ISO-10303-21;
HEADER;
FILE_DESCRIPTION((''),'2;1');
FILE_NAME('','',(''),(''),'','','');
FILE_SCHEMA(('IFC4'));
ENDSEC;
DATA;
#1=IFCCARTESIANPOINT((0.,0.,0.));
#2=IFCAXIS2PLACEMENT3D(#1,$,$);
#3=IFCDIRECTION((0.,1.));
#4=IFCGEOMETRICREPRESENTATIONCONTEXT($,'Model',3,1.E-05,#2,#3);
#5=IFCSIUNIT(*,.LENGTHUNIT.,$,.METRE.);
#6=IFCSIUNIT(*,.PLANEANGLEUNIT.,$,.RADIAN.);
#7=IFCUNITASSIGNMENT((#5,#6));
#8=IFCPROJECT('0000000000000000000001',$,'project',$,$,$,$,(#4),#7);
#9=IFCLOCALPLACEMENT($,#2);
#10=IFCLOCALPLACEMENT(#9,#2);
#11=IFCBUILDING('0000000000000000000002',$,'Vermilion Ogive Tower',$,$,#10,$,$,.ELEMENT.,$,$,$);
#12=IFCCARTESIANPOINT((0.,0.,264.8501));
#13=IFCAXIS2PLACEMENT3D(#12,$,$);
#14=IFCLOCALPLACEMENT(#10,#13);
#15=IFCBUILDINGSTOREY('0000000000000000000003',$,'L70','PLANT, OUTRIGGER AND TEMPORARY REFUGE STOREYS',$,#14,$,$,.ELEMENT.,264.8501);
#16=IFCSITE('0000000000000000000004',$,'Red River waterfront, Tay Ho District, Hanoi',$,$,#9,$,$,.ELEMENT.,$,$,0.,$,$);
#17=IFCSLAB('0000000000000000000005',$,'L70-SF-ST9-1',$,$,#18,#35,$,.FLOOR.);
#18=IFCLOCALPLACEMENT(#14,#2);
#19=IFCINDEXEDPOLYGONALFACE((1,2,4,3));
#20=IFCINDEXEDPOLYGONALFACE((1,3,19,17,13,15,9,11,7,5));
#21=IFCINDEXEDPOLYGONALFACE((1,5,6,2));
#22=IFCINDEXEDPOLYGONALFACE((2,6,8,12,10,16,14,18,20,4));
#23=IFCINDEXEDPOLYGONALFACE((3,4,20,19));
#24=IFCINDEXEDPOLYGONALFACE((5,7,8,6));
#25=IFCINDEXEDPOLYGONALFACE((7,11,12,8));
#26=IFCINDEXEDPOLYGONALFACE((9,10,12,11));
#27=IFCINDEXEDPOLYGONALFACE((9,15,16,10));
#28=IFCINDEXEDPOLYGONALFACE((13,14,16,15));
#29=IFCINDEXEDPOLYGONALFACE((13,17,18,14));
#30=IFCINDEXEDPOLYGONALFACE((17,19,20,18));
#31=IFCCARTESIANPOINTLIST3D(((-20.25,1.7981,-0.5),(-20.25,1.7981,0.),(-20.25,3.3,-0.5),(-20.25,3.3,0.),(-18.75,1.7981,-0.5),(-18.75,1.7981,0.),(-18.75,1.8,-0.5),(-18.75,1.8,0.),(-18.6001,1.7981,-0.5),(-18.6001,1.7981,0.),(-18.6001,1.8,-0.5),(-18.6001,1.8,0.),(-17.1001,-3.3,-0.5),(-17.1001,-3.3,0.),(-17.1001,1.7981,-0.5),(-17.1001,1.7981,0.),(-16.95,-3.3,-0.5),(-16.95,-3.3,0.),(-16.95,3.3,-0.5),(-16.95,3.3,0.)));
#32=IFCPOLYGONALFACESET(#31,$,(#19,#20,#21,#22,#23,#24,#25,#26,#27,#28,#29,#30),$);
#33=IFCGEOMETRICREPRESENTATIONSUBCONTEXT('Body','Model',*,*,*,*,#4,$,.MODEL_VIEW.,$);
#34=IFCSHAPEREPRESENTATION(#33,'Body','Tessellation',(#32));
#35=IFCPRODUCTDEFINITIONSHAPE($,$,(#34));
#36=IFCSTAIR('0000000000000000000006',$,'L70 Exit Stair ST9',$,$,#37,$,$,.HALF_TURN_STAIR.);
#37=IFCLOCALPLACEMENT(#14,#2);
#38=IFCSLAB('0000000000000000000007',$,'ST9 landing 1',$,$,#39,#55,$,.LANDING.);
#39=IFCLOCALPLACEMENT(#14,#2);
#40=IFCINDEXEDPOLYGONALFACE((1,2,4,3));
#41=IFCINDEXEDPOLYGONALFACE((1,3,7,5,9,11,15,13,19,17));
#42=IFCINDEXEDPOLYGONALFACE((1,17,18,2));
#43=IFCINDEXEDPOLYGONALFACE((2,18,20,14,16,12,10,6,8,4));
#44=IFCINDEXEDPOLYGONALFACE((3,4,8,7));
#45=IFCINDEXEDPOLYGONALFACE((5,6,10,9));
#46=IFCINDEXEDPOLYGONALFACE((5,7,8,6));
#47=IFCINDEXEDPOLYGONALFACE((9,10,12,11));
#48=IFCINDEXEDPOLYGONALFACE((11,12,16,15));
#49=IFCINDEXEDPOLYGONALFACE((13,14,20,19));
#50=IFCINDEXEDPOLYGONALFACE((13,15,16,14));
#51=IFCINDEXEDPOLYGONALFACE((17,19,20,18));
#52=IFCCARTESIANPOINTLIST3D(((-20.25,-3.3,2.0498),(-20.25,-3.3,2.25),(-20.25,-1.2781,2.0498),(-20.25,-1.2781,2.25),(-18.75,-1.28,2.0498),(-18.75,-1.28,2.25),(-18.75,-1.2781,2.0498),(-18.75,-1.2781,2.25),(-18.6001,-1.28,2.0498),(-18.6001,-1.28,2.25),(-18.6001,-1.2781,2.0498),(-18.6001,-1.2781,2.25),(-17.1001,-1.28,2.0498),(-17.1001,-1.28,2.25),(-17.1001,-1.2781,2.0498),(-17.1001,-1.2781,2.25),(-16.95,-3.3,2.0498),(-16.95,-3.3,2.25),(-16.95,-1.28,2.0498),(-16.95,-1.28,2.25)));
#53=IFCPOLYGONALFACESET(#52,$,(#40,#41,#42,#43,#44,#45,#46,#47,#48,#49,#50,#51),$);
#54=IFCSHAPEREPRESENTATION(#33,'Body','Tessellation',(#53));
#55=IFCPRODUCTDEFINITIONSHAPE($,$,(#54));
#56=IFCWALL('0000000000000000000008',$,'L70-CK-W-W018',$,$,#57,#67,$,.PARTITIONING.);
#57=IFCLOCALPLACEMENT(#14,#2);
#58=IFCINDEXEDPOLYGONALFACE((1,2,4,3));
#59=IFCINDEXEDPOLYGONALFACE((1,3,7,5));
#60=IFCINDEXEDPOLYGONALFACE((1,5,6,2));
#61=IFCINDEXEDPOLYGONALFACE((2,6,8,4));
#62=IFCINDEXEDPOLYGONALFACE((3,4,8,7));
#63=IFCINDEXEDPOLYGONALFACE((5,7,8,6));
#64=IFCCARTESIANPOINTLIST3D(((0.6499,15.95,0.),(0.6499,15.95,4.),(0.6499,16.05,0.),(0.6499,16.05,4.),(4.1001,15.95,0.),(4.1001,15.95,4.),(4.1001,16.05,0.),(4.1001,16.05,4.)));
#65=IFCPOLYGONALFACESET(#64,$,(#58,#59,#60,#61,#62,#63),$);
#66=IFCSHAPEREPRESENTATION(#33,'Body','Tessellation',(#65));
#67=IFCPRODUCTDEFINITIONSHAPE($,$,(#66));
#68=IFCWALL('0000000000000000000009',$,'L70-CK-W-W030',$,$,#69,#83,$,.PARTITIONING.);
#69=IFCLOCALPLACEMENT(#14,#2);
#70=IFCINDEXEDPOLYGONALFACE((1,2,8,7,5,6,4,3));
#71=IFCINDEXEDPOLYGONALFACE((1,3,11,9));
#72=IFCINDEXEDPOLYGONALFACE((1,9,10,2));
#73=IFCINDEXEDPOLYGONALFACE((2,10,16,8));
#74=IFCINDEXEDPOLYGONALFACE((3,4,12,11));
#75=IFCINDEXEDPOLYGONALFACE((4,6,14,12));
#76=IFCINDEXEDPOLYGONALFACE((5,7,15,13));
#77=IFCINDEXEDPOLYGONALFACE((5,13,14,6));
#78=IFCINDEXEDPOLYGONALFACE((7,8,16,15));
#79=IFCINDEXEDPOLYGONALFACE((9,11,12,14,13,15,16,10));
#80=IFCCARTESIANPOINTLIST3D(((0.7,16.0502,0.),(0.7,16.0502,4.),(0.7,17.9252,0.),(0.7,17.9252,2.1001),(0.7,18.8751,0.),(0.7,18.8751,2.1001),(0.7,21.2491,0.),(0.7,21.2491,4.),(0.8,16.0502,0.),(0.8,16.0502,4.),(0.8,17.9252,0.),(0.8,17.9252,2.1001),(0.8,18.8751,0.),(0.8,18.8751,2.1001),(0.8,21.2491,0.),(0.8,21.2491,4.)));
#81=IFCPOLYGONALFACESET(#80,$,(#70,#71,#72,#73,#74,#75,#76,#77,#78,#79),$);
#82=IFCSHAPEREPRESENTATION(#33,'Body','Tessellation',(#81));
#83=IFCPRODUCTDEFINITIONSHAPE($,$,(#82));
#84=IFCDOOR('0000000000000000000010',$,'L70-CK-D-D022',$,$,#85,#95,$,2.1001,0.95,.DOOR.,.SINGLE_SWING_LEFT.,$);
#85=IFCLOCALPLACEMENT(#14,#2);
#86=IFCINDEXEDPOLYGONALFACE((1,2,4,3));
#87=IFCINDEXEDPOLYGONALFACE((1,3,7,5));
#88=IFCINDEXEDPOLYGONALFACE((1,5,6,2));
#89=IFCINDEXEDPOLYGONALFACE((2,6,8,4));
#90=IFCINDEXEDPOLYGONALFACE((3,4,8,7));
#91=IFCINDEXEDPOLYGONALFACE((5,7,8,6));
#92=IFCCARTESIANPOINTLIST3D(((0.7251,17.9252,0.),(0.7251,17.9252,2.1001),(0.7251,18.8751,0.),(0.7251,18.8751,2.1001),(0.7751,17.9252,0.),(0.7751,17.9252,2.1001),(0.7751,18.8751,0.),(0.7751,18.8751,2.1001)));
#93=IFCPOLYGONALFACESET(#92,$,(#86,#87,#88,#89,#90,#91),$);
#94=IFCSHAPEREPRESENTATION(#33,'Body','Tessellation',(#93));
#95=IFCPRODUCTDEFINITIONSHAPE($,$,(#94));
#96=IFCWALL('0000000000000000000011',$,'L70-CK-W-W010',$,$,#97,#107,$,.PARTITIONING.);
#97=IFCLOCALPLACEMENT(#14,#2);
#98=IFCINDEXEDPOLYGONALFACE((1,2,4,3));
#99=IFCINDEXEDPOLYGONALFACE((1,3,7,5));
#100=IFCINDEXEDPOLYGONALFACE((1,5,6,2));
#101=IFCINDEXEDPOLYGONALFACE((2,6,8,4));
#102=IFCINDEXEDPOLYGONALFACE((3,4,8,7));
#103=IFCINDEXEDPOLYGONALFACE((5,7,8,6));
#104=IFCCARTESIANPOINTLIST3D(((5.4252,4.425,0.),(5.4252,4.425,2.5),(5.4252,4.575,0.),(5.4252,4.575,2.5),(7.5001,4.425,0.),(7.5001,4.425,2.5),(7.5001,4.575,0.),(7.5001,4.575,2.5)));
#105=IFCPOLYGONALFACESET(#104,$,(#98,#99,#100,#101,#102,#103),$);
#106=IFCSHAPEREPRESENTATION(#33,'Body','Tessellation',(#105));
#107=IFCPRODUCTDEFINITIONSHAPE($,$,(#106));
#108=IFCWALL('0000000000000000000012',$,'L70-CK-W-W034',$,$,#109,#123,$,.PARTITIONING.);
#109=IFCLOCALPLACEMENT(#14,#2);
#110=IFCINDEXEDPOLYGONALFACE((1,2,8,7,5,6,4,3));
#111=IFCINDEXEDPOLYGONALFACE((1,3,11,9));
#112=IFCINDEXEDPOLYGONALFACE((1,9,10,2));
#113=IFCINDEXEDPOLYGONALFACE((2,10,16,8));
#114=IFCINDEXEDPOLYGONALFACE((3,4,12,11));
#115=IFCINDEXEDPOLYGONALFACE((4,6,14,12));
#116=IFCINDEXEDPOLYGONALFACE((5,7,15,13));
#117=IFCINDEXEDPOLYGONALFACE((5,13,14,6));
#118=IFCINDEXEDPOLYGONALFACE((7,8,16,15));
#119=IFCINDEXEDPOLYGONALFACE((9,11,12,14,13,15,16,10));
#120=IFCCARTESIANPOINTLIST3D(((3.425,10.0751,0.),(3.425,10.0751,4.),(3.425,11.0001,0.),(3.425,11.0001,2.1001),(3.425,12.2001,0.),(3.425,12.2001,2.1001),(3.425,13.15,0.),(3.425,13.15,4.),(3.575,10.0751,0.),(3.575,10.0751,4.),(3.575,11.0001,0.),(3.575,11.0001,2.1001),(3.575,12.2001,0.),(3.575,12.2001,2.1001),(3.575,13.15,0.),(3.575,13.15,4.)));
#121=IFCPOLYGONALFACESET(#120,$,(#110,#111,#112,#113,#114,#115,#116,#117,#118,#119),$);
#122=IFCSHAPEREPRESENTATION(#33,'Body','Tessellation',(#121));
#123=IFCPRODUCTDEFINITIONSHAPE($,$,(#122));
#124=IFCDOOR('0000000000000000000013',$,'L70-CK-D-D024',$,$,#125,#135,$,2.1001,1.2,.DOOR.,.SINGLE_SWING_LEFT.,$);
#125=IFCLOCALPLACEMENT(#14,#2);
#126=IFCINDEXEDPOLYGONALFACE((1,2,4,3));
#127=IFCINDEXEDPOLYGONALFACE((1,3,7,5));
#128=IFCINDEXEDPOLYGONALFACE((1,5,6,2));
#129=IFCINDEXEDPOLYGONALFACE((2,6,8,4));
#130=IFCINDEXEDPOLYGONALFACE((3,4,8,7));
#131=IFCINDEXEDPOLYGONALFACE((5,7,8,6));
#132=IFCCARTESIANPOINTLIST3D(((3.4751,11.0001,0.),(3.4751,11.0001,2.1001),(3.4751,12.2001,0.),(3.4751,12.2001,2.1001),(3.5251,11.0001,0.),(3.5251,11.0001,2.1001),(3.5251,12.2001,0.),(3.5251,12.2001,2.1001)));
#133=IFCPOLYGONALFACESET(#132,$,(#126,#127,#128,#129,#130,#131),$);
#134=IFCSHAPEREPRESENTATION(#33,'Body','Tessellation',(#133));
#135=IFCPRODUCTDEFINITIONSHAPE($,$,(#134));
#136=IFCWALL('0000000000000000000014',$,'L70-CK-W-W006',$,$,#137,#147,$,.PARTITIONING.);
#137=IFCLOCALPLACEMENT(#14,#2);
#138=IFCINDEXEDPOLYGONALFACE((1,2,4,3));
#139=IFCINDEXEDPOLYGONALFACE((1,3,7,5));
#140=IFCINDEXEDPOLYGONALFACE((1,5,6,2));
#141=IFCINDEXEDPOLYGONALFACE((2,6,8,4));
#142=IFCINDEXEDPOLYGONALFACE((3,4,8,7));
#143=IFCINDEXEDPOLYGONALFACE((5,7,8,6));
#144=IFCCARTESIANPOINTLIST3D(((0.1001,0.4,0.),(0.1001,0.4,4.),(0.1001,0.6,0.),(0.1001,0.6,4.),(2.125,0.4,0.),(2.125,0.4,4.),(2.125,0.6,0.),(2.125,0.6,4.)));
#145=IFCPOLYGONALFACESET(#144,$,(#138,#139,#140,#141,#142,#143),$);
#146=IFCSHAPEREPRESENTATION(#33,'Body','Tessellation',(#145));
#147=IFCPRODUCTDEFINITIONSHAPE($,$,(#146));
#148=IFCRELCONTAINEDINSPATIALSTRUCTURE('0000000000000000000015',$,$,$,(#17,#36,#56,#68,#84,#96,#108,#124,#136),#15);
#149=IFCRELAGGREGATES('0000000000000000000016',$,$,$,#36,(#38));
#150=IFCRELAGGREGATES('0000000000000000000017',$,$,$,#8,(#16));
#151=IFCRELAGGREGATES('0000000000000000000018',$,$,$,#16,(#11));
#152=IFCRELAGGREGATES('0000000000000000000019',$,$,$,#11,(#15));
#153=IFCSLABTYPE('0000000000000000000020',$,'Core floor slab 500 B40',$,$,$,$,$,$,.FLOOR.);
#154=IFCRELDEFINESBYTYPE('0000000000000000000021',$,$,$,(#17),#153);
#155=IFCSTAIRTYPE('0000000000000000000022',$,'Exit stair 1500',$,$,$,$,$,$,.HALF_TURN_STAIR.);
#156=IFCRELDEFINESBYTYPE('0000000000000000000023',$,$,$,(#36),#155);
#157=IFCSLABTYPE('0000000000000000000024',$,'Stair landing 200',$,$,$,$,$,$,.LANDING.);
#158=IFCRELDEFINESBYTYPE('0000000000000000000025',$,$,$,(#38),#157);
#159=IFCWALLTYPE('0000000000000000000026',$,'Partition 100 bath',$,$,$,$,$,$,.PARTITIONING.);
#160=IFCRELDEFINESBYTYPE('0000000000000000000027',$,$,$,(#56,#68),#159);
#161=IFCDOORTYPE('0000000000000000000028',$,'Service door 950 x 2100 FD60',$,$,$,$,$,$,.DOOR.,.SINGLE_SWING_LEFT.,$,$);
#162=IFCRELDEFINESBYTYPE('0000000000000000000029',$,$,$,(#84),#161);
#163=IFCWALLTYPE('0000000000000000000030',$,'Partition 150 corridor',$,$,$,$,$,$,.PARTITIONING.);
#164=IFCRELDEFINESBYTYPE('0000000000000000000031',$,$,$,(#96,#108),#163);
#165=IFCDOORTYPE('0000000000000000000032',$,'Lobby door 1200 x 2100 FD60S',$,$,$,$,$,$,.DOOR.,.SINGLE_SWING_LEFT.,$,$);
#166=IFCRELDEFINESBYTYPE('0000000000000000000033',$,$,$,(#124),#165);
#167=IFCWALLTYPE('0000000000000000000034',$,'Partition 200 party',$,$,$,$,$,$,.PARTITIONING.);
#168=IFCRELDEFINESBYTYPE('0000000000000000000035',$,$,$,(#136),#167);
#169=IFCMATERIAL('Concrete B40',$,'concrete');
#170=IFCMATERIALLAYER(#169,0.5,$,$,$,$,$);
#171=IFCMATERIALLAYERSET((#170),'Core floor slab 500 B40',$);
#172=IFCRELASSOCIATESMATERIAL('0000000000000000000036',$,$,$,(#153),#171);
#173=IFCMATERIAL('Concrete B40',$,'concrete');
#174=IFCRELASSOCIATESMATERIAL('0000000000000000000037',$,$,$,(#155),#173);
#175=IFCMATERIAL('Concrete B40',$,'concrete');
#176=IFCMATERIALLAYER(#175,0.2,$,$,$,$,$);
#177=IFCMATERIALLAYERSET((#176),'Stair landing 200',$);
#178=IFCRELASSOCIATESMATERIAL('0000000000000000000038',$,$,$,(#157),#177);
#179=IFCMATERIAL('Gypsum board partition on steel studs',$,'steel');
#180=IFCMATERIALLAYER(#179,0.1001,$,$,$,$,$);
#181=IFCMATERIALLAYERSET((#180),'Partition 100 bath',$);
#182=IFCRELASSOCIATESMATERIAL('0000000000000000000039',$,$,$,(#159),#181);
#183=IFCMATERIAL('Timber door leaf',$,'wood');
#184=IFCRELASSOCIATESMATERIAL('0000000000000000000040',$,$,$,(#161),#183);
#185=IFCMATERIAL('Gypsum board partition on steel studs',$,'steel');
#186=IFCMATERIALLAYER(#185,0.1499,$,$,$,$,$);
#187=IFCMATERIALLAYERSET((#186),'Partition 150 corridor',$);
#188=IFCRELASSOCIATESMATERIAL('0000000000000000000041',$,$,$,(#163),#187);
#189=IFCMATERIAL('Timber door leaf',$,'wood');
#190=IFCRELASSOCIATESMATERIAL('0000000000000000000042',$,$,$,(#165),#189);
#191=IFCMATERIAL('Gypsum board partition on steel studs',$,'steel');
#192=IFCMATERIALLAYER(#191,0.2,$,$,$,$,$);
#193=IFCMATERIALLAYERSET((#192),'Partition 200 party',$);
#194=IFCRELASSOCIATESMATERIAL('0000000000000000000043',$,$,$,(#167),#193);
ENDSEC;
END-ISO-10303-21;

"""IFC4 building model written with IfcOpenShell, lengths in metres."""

from ifc_helpers import new_model, si_unit, direction, frame, frame_2d, origin, place, context, subcontext, project, spatial, polyline, rectangle, outline, extrude, material, layer, layer_set, type_object, element, fill, aggregate, save


model = new_model("IFC4")

# Units and contexts
model_context = context("Model", 3, precision=1e-05, world=origin(), true_north=direction((0.0, 1.0)))
body_context = subcontext(model_context, "Body", "Model", "MODEL_VIEW")
ifc_project = project(units=[si_unit("LENGTHUNIT", "METRE"), si_unit("PLANEANGLEUNIT", "RADIAN")], contexts=[model_context])

# Site, building, storey
site_placement = place(None, origin())
site = spatial("IfcSite", under=ifc_project, at=site_placement, Name="Red River waterfront, Tay Ho District, Hanoi", CompositionType="ELEMENT", RefElevation=0.0)
building_placement = place(site_placement, origin())
building = spatial("IfcBuilding", under=site, at=building_placement, Name="Vermilion Ogive Tower", CompositionType="ELEMENT")
storey_placement = place(building_placement, frame((0.0, 0.0, 264.8501)))
storey = spatial("IfcBuildingStorey", under=building, at=storey_placement, Name="L70", Description="PLANT, OUTRIGGER AND TEMPORARY REFUGE STOREYS", CompositionType="ELEMENT", Elevation=264.8501)

# Slab
ifc_material_1 = material(Name="Concrete B40", Category="concrete")
ifc_layer_1 = layer(ifc_material_1, 0.5)
ifc_layer_set_1 = layer_set([ifc_layer_1], Name="Core floor slab 500 B40")
slab_type_1 = type_object("IfcSlabType", Name="Core floor slab 500 B40", PredefinedType="FLOOR", material=ifc_layer_set_1)
slab_1_placement = place(storey_placement, frame((0.0, 0.0, -0.5)))
element("IfcSlab", 1, at=slab_1_placement, inside=storey, type_object=slab_type_1, Name="L70-SF-ST9-1", PredefinedType="FLOOR", context=body_context, shape_type="SweptSolid", body=[
    extrude(outline(polyline([(-20.25, 3.3), (-20.25, 1.7981), (-18.75, 1.7981), (-18.75, 1.8), (-18.6001, 1.8), (-18.6001, 1.7981), (-17.1001, 1.7981), (-17.1001, -3.3), (-16.95, -3.3), (-16.95, 3.3), (-20.25, 3.3)])), origin(), (0.0, 0.0, 1.0), 0.5),
])

# Stair, slab
ifc_material_2 = material(Name="Concrete B40", Category="concrete")
stair_type = type_object("IfcStairType", Name="Exit stair 1500", PredefinedType="HALF_TURN_STAIR", material=ifc_material_2)
stair_1_placement = place(storey_placement, origin())
stair_1 = element("IfcStair", 2, at=stair_1_placement, inside=storey, type_object=stair_type, Name="L70 Exit Stair ST9", PredefinedType="HALF_TURN_STAIR")
ifc_material_3 = material(Name="Concrete B40", Category="concrete")
ifc_layer_2 = layer(ifc_material_3, 0.2)
ifc_layer_set_2 = layer_set([ifc_layer_2], Name="Stair landing 200")
slab_type_2 = type_object("IfcSlabType", Name="Stair landing 200", PredefinedType="LANDING", material=ifc_layer_set_2)
slab_2_placement = place(storey_placement, frame((0.0, 0.0, 2.0498)))
slab_2 = element("IfcSlab", 3, at=slab_2_placement, type_object=slab_type_2, Name="ST9 landing 1", PredefinedType="LANDING", context=body_context, shape_type="SweptSolid", body=[
    extrude(outline(polyline([(-16.95, -1.28), (-17.1001, -1.28), (-17.1001, -1.2781), (-18.6001, -1.2781), (-18.6001, -1.28), (-18.75, -1.28), (-18.75, -1.2781), (-20.25, -1.2781), (-20.25, -3.3), (-16.95, -3.3), (-16.95, -1.28)])), origin(), (0.0, 0.0, 1.0), 0.2002),
])
aggregate(stair_1, [slab_2])

# Wall
ifc_material_4 = material(Name="Gypsum board partition on steel studs", Category="steel")
ifc_layer_3 = layer(ifc_material_4, 0.1001)
ifc_layer_set_3 = layer_set([ifc_layer_3], Name="Partition 100 bath")
wall_type_1 = type_object("IfcWallType", Name="Partition 100 bath", PredefinedType="PARTITIONING", material=ifc_layer_set_3)
wall_1_placement = place(storey_placement, frame((0.6499, 16.0, 0.0), z_axis=(0.0, 0.0, 1.0), x_axis=(1.0, 0.0, 0.0)))
element("IfcWall", 4, at=wall_1_placement, inside=storey, type_object=wall_type_1, Name="L70-CK-W-W018", PredefinedType="PARTITIONING", context=body_context, shape_type="SweptSolid", body=[
    extrude(rectangle(XDim=3.4502, YDim=0.1001, at=frame_2d((1.7251, 0.0))), origin(), (0.0, 0.0, 1.0), 4.0),
])

# Wall, opening, door
wall_2_placement = place(storey_placement, frame((0.75, 16.05, 0.0), z_axis=(0.0, 0.0, 1.0), x_axis=(0.0, 1.0, 0.0)))
wall_2 = element("IfcWall", 5, at=wall_2_placement, inside=storey, type_object=wall_type_1, Name="L70-CK-W-W030", PredefinedType="PARTITIONING", context=body_context, shape_type="SweptSolid", body=[
    extrude(rectangle(XDim=5.199, YDim=0.1001, at=frame_2d((2.5996, 0.0))), origin(), (0.0, 0.0, 1.0), 4.0),
])
opening_1_placement = place(wall_2_placement, frame((1.875, 0.0, 0.0)))
opening_1 = element("IfcOpeningElement", 6, at=opening_1_placement, cuts=wall_2, PredefinedType="OPENING", context=body_context, shape_type="SweptSolid", body=[
    extrude(rectangle(XDim=0.95, YDim=2.1001, at=frame_2d((0.4751, 1.05))), frame((0.0, 0.0601, 0.0), z_axis=(0.0, -1.0, 0.0), x_axis=(1.0, 0.0, 0.0)), (0.0, 0.0, 1.0), 0.1201),
])
ifc_material_5 = material(Name="Timber door leaf", Category="wood")
door_type_1 = type_object("IfcDoorType", Name="Service door 950 x 2100 FD60", OperationType="SINGLE_SWING_LEFT", PredefinedType="DOOR", material=ifc_material_5)
door_1_placement = place(opening_1_placement, origin())
door_1 = element("IfcDoor", 7, at=door_1_placement, inside=storey, type_object=door_type_1, Name="L70-CK-D-D022", OperationType="SINGLE_SWING_LEFT", OverallHeight=2.1001, OverallWidth=0.95, PredefinedType="DOOR", context=body_context, shape_type="SweptSolid", body=[
    extrude(rectangle(XDim=0.95, YDim=2.1001, at=frame_2d((0.4751, 1.05))), frame((0.0, 0.0249, 0.0), z_axis=(0.0, -1.0, 0.0), x_axis=(1.0, 0.0, 0.0)), (0.0, 0.0, 1.0), 0.05),
])
fill(opening_1, door_1)

# Wall
ifc_material_6 = material(Name="Gypsum board partition on steel studs", Category="steel")
ifc_layer_4 = layer(ifc_material_6, 0.1499)
ifc_layer_set_4 = layer_set([ifc_layer_4], Name="Partition 150 corridor")
wall_type_2 = type_object("IfcWallType", Name="Partition 150 corridor", PredefinedType="PARTITIONING", material=ifc_layer_set_4)
wall_3_placement = place(storey_placement, frame((5.425, 4.5, 0.0), z_axis=(0.0, 0.0, 1.0), x_axis=(1.0, 0.0, 0.0)))
element("IfcWall", 8, at=wall_3_placement, inside=storey, type_object=wall_type_2, Name="L70-CK-W-W010", PredefinedType="PARTITIONING", context=body_context, shape_type="SweptSolid", body=[
    extrude(rectangle(XDim=2.075, YDim=0.1499, at=frame_2d((1.0376, 0.0))), origin(), (0.0, 0.0, 1.0), 2.5),
])

# Wall, opening, door
wall_4_placement = place(storey_placement, frame((3.5, 10.075, 0.0), z_axis=(0.0, 0.0, 1.0), x_axis=(0.0, 1.0, 0.0)))
wall_4 = element("IfcWall", 9, at=wall_4_placement, inside=storey, type_object=wall_type_2, Name="L70-CK-W-W034", PredefinedType="PARTITIONING", context=body_context, shape_type="SweptSolid", body=[
    extrude(rectangle(XDim=3.075, YDim=0.1499, at=frame_2d((1.5376, 0.0))), origin(), (0.0, 0.0, 1.0), 4.0),
])
opening_2_placement = place(wall_4_placement, frame((0.925, 0.0, 0.0)))
opening_2 = element("IfcOpeningElement", 10, at=opening_2_placement, cuts=wall_4, PredefinedType="OPENING", context=body_context, shape_type="SweptSolid", body=[
    extrude(rectangle(XDim=1.2, YDim=2.1001, at=frame_2d((0.6001, 1.05))), frame((0.0, 0.085, 0.0), z_axis=(0.0, -1.0, 0.0), x_axis=(1.0, 0.0, 0.0)), (0.0, 0.0, 1.0), 0.1699),
])
ifc_material_7 = material(Name="Timber door leaf", Category="wood")
door_type_2 = type_object("IfcDoorType", Name="Lobby door 1200 x 2100 FD60S", OperationType="SINGLE_SWING_LEFT", PredefinedType="DOOR", material=ifc_material_7)
door_2_placement = place(opening_2_placement, origin())
door_2 = element("IfcDoor", 11, at=door_2_placement, inside=storey, type_object=door_type_2, Name="L70-CK-D-D024", OperationType="SINGLE_SWING_LEFT", OverallHeight=2.1001, OverallWidth=1.2, PredefinedType="DOOR", context=body_context, shape_type="SweptSolid", body=[
    extrude(rectangle(XDim=1.2, YDim=2.1001, at=frame_2d((0.6001, 1.05))), frame((0.0, 0.0249, 0.0), z_axis=(0.0, -1.0, 0.0), x_axis=(1.0, 0.0, 0.0)), (0.0, 0.0, 1.0), 0.05),
])
fill(opening_2, door_2)

# Wall
ifc_material_8 = material(Name="Gypsum board partition on steel studs", Category="steel")
ifc_layer_5 = layer(ifc_material_8, 0.2)
ifc_layer_set_5 = layer_set([ifc_layer_5], Name="Partition 200 party")
wall_type_3 = type_object("IfcWallType", Name="Partition 200 party", PredefinedType="PARTITIONING", material=ifc_layer_set_5)
wall_5_placement = place(storey_placement, frame((0.1001, 0.5, 0.0), z_axis=(0.0, 0.0, 1.0), x_axis=(1.0, 0.0, 0.0)))
element("IfcWall", 12, at=wall_5_placement, inside=storey, type_object=wall_type_3, Name="L70-CK-W-W006", PredefinedType="PARTITIONING", context=body_context, shape_type="SweptSolid", body=[
    extrude(rectangle(XDim=2.0249, YDim=0.2, at=frame_2d((1.0125, 0.0))), origin(), (0.0, 0.0, 1.0), 4.0),
])

save(model, "model.ifc")
